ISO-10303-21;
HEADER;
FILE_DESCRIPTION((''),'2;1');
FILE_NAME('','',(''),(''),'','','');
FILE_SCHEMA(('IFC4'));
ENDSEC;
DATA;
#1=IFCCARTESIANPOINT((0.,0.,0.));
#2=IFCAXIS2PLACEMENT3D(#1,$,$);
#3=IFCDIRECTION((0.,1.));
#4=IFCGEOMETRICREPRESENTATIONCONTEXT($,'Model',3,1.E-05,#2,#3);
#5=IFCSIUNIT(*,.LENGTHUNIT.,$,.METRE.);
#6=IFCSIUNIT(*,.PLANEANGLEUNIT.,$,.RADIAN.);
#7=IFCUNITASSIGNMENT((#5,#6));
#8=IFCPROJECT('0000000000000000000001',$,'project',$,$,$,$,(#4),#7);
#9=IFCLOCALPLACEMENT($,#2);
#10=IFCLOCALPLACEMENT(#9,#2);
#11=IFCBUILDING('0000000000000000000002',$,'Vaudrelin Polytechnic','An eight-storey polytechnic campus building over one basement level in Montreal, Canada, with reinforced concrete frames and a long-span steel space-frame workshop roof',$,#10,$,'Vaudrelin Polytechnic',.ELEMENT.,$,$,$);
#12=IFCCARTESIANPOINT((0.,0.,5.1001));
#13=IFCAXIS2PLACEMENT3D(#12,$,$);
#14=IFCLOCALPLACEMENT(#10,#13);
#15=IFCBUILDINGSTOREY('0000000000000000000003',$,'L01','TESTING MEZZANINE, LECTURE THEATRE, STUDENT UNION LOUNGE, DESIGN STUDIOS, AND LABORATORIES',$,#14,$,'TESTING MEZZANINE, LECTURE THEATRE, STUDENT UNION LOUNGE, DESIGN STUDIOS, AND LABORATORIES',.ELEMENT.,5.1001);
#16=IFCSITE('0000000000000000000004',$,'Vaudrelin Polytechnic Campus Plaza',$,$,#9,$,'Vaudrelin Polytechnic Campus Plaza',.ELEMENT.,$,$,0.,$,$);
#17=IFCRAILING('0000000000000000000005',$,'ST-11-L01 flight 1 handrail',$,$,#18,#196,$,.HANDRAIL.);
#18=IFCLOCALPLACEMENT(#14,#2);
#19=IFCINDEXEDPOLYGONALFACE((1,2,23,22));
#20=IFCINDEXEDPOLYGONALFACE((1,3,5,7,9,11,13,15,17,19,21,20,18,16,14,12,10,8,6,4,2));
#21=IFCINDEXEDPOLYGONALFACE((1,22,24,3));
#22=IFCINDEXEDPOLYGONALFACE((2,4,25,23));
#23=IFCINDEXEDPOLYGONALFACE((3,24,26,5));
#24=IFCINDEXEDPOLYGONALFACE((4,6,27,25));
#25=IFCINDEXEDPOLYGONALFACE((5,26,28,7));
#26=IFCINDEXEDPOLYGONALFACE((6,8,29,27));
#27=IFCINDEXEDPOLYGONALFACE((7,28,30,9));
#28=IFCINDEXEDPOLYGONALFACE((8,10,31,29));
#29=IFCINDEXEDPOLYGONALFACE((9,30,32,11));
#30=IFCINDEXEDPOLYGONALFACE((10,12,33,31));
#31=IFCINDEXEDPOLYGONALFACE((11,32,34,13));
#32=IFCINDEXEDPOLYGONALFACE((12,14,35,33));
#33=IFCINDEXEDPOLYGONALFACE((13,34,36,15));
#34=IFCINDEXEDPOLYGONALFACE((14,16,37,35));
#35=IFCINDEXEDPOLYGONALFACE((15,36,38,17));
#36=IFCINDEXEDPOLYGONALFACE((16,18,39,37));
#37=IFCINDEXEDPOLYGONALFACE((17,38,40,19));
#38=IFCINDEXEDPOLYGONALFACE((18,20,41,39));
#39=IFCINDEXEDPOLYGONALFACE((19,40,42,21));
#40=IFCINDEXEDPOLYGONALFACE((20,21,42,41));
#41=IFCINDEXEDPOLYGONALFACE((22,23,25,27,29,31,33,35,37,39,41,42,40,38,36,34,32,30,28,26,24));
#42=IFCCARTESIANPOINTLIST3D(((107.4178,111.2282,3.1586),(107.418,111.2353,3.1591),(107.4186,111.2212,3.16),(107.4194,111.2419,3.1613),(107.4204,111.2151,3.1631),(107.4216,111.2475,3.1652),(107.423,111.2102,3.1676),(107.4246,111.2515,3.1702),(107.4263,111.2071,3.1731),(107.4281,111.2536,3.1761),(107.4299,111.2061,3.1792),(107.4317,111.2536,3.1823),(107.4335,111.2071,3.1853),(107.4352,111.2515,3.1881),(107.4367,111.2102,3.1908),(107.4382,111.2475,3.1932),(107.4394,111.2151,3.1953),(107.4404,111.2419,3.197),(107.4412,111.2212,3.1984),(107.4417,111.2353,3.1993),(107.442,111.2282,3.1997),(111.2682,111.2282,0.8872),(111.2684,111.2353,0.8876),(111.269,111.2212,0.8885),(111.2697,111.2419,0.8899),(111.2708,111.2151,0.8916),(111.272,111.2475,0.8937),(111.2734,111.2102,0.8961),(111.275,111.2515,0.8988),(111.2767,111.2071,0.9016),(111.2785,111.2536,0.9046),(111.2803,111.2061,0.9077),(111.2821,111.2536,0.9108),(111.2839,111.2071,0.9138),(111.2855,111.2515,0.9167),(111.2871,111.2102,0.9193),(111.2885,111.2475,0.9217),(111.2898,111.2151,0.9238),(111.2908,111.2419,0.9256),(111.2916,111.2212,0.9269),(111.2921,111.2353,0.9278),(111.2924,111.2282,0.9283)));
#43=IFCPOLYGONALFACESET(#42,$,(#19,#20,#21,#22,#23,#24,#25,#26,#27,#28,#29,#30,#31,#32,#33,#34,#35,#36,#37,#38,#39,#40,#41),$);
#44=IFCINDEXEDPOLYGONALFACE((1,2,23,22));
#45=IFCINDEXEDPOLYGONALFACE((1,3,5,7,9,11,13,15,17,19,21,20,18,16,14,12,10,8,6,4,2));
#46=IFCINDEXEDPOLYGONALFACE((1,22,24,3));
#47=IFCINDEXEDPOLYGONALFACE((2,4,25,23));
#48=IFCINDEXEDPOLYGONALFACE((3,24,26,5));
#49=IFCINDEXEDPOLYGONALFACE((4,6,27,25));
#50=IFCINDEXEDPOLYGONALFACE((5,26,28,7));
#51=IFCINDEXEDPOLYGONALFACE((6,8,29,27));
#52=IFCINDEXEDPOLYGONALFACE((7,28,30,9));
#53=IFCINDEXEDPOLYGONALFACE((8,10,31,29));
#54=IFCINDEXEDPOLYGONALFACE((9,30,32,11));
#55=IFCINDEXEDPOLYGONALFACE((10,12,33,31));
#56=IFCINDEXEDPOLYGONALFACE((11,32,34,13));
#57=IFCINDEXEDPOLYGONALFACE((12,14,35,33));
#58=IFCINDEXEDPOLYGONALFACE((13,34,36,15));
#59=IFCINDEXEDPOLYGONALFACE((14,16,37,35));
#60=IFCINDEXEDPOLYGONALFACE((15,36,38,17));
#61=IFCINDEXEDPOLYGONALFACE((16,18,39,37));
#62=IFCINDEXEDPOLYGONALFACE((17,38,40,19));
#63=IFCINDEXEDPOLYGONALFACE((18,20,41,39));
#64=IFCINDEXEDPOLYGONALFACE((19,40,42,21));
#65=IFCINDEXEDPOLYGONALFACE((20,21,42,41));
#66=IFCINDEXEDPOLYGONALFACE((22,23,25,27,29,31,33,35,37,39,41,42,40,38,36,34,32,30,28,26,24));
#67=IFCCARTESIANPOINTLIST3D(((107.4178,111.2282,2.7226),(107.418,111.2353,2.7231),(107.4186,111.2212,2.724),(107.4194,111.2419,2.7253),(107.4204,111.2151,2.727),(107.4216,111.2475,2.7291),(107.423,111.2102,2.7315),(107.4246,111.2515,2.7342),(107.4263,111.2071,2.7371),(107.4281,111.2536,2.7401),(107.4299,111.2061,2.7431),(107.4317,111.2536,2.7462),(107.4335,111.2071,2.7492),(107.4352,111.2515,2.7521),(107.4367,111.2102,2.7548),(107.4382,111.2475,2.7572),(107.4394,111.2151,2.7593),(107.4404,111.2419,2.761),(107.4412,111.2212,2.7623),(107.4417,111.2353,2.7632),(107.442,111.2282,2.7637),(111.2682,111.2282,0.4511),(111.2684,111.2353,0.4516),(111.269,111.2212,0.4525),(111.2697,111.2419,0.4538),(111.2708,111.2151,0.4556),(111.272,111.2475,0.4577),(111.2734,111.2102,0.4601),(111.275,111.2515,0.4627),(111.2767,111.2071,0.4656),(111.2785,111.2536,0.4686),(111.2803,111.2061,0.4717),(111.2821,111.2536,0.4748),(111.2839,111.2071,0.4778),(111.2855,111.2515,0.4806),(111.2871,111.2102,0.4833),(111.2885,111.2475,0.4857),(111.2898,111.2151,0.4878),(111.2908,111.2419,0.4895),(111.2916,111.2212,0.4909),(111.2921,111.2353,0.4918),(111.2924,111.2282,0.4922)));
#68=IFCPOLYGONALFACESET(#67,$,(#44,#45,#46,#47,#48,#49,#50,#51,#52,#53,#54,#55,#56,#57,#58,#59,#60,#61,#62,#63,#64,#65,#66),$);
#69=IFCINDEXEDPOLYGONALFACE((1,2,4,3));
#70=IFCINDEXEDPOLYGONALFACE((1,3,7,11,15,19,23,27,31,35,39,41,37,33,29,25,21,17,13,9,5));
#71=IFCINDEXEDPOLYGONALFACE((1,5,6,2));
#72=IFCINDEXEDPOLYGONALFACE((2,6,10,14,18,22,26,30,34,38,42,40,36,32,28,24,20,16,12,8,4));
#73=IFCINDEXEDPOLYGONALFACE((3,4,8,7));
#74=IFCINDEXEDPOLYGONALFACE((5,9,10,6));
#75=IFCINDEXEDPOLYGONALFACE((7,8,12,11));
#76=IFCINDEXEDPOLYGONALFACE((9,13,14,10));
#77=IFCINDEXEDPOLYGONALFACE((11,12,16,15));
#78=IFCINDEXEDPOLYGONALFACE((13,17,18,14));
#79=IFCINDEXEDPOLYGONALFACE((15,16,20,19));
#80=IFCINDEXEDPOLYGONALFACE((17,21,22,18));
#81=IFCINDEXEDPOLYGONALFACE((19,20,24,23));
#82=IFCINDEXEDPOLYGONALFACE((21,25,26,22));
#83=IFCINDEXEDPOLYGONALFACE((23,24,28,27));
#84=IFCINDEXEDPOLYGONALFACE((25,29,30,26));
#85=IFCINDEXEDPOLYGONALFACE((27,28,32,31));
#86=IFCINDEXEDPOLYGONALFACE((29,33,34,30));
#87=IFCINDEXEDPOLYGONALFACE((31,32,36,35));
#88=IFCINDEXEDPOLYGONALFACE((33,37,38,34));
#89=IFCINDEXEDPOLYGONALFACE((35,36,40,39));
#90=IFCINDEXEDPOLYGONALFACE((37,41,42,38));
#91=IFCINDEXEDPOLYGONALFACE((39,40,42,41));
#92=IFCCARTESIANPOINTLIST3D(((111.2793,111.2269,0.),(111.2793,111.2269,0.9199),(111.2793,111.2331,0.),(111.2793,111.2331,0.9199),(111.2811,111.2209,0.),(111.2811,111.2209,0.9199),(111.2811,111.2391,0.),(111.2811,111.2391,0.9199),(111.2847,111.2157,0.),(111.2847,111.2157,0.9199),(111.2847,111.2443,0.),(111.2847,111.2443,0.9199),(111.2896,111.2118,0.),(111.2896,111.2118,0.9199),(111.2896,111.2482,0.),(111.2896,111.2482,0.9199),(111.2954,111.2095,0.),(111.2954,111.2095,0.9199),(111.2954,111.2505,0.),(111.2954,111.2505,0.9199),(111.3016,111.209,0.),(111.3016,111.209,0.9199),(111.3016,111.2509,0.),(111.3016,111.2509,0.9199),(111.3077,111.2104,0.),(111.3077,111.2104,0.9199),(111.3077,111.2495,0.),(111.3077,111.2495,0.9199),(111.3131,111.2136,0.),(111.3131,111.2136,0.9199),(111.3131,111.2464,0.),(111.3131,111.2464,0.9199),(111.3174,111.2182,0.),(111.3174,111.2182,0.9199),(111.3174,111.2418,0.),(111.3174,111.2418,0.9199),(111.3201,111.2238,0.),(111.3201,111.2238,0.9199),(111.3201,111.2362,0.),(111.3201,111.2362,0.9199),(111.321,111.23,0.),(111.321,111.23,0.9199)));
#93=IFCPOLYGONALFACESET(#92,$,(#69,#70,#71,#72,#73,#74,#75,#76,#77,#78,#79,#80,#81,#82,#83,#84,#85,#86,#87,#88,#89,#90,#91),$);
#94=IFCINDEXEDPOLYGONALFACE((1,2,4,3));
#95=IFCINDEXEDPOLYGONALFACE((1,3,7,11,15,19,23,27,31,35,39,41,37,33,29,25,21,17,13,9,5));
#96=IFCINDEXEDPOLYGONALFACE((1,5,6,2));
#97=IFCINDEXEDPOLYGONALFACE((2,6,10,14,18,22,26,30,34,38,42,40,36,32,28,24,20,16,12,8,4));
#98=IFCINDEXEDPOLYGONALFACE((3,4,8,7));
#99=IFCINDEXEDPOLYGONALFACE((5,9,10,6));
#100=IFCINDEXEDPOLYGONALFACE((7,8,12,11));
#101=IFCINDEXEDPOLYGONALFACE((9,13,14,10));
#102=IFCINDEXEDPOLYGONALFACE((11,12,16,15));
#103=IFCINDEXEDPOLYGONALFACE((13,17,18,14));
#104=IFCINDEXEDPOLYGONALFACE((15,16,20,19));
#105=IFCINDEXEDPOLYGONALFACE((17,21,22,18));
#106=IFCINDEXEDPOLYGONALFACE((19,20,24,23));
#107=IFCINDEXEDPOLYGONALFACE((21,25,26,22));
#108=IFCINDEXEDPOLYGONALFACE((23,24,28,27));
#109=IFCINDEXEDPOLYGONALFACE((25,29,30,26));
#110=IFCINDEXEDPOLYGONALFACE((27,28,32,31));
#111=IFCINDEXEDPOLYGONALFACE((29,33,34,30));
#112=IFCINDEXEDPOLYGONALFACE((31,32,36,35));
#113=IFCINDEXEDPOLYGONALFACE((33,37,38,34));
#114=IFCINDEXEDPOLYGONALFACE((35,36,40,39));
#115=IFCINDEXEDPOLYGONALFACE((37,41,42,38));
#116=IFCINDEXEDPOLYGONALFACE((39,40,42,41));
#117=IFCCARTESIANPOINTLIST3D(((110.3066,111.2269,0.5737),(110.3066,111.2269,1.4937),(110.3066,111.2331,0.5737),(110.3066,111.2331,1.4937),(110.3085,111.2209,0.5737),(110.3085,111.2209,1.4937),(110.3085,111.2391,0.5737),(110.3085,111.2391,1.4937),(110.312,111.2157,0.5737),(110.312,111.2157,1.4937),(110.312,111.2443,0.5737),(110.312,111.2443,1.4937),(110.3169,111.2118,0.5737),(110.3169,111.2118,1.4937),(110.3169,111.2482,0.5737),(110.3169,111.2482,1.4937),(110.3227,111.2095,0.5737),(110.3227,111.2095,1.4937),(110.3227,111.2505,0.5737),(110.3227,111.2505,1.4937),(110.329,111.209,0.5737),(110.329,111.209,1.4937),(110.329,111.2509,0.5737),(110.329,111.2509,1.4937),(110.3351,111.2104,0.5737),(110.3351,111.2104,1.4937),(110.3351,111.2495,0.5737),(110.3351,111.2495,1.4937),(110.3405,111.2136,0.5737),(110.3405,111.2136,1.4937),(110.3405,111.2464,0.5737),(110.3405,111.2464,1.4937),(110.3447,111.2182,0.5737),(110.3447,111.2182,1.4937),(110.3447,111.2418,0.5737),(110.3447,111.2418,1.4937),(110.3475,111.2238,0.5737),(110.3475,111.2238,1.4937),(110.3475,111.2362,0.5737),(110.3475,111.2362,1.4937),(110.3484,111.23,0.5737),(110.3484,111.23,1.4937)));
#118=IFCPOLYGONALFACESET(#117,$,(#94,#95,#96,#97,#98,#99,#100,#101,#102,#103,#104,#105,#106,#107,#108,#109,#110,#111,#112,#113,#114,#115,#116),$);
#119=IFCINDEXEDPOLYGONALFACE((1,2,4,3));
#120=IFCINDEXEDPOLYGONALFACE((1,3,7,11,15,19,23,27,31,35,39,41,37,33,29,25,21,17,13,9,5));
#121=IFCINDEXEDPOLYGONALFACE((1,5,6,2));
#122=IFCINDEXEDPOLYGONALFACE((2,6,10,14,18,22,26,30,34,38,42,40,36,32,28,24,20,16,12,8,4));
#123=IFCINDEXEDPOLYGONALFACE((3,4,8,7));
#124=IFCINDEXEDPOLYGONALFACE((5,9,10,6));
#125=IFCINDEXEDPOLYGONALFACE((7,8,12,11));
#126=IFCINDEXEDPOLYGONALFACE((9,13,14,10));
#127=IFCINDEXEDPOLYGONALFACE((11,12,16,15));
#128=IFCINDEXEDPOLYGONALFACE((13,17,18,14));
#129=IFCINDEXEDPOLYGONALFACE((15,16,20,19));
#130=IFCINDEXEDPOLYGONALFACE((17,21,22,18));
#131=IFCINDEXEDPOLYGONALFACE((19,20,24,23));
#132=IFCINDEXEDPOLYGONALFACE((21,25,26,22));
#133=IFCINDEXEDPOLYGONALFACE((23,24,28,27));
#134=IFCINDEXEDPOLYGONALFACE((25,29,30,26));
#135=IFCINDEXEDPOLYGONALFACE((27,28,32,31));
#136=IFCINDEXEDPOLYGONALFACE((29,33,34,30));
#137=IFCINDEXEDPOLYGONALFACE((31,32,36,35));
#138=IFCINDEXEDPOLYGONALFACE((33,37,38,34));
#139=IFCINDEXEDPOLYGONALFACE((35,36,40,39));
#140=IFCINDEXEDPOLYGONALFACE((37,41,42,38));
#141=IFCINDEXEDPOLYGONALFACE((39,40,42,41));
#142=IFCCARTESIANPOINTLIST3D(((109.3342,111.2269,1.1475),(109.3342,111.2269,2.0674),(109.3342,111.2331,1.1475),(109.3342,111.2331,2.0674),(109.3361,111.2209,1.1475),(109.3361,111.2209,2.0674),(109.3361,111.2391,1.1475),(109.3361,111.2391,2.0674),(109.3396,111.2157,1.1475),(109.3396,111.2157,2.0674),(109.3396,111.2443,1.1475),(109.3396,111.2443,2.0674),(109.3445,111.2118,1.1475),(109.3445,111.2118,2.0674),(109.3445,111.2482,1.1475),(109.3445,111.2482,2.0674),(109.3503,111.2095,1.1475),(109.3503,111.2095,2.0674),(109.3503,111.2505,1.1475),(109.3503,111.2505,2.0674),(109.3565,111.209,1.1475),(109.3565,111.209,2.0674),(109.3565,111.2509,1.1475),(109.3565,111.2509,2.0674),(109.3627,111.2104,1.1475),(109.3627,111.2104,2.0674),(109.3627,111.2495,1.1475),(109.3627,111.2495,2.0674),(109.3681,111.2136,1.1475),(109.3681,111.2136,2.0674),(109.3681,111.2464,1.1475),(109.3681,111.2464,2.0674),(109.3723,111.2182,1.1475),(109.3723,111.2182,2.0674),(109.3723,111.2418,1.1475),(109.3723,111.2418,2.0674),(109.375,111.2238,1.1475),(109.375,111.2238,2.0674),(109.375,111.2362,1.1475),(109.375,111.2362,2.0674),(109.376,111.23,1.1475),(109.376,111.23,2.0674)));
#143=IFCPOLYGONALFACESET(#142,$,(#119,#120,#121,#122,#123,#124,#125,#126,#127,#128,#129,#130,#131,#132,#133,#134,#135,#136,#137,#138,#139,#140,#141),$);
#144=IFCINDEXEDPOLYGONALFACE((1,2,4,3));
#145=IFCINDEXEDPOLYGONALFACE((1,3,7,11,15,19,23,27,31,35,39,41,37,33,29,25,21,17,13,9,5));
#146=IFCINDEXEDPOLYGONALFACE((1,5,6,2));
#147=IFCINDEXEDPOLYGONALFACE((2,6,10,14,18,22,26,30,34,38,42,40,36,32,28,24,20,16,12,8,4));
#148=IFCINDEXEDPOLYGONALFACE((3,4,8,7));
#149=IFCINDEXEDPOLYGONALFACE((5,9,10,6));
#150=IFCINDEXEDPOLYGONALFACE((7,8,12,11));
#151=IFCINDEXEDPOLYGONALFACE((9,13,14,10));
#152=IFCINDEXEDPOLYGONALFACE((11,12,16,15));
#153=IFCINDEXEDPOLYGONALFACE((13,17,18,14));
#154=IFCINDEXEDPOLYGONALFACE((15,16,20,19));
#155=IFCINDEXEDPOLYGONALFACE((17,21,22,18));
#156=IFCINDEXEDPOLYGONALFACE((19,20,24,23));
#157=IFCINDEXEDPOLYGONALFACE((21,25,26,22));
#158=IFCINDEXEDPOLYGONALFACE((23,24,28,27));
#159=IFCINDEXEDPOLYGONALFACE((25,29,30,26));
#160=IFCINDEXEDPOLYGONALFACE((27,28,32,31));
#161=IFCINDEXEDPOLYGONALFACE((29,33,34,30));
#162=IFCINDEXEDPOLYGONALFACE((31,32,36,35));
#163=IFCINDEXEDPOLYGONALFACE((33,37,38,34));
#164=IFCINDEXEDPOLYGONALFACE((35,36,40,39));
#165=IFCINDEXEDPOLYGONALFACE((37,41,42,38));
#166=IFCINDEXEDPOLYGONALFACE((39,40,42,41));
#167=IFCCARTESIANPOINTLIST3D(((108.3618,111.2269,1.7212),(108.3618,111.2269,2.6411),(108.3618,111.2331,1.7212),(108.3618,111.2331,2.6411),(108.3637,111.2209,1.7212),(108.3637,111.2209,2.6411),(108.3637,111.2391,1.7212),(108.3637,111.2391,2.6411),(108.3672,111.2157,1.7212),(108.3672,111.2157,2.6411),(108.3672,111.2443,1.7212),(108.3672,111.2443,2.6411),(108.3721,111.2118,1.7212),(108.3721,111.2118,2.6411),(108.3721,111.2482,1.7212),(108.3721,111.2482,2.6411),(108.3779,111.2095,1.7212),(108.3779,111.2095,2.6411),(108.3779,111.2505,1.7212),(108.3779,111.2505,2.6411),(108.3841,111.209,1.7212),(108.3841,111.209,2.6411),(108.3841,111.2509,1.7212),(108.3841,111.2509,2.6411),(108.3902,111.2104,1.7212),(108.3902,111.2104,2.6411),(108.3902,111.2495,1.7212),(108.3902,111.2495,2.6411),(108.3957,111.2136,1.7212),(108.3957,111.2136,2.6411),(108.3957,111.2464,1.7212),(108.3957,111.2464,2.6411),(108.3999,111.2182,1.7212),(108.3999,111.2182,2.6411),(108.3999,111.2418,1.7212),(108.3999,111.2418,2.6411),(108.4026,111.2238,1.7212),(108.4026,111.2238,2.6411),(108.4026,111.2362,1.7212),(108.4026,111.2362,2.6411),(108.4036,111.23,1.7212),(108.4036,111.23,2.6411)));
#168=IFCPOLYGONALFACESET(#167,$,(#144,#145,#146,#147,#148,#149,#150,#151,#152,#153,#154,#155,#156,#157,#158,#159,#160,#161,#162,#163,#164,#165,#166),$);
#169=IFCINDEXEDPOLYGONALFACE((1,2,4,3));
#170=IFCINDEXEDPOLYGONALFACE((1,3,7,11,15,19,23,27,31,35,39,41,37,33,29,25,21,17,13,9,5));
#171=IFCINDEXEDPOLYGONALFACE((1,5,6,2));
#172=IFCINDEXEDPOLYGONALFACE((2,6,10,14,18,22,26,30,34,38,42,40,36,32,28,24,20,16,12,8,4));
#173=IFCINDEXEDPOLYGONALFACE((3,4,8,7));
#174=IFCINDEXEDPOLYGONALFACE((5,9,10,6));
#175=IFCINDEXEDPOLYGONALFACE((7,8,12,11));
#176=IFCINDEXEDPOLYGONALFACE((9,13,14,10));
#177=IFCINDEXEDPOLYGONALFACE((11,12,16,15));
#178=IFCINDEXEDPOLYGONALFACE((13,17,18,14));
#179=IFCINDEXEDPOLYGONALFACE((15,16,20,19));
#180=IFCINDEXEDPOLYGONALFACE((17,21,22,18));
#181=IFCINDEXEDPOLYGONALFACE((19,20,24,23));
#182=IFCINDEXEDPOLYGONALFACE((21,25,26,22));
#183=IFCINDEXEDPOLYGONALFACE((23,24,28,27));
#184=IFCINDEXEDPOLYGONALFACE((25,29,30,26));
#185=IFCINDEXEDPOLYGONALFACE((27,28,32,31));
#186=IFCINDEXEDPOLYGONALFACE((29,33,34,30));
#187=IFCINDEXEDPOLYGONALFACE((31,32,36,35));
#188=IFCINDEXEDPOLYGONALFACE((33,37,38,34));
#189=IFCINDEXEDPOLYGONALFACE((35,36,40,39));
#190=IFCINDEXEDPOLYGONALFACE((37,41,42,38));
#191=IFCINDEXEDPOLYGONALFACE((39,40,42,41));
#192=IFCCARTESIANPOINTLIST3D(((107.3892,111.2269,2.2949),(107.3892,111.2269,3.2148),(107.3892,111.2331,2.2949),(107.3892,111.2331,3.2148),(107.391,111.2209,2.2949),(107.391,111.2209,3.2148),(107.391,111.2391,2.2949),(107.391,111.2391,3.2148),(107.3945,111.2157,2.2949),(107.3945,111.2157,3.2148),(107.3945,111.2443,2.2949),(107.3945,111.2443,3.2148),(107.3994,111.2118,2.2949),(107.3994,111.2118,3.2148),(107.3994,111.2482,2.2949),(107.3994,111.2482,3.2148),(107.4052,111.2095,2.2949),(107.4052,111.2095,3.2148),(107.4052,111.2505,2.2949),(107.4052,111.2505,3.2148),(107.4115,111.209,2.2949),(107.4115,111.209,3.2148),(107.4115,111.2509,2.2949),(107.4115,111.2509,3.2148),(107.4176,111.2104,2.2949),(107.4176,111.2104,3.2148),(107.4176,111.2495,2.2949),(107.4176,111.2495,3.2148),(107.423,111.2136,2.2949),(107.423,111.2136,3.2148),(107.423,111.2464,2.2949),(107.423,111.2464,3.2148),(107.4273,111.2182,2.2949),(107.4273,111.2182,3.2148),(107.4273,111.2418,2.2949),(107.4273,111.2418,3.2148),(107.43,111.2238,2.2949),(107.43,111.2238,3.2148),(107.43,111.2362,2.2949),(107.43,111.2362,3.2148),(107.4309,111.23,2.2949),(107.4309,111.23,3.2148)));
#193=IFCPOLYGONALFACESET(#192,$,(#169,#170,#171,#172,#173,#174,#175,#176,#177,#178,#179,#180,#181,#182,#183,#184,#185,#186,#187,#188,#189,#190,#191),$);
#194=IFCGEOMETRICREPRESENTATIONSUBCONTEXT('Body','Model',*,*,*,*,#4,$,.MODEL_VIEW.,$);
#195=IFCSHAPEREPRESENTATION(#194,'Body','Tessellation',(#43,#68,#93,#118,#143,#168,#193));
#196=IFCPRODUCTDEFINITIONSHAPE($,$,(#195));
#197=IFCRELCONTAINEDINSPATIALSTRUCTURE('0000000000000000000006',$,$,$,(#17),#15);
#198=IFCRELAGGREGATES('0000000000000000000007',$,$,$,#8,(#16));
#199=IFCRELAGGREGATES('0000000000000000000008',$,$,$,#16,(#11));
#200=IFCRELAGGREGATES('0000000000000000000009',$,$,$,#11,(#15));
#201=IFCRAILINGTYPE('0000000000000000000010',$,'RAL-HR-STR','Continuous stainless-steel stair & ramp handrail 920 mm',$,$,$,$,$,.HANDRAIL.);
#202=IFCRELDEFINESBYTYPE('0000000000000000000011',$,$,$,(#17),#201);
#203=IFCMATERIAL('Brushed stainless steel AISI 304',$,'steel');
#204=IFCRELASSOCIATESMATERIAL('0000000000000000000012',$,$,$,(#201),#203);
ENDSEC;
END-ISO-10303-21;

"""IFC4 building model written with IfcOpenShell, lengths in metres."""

from ifc_helpers import new_model, si_unit, direction, frame, origin, origin_2d, place, context, subcontext, project, spatial, circle, extrude, material, type_object, element, save


model = new_model("IFC4")

# Units and contexts
model_context = context("Model", 3, precision=1e-05, world=origin(), true_north=direction((0.0, 1.0)))
body_context = subcontext(model_context, "Body", "Model", "MODEL_VIEW")
ifc_project = project(units=[si_unit("LENGTHUNIT", "METRE"), si_unit("PLANEANGLEUNIT", "RADIAN")], contexts=[model_context])

# Site, building, storey
site_placement = place(None, origin())
site = spatial("IfcSite", under=ifc_project, at=site_placement, Name="Vaudrelin Polytechnic Campus Plaza", LongName="Vaudrelin Polytechnic Campus Plaza", CompositionType="ELEMENT", RefElevation=0.0)
building_placement = place(site_placement, origin())
building = spatial("IfcBuilding", under=site, at=building_placement, Name="Vaudrelin Polytechnic", Description="An eight-storey polytechnic campus building over one basement level in Montreal, Canada, with reinforced concrete frames and a long-span steel space-frame workshop roof", LongName="Vaudrelin Polytechnic", CompositionType="ELEMENT")
storey_placement = place(building_placement, frame((0.0, 0.0, 5.1001)))
storey = spatial("IfcBuildingStorey", under=building, at=storey_placement, Name="L01", Description="TESTING MEZZANINE, LECTURE THEATRE, STUDENT UNION LOUNGE, DESIGN STUDIOS, AND LABORATORIES", LongName="TESTING MEZZANINE, LECTURE THEATRE, STUDENT UNION LOUNGE, DESIGN STUDIOS, AND LABORATORIES", CompositionType="ELEMENT", Elevation=5.1001)

# Railing
ifc_material_1 = material(Name="Brushed stainless steel AISI 304", Category="steel")
railing_type_1 = type_object("IfcRailingType", Name="RAL-HR-STR", Description="Continuous stainless-steel stair & ramp handrail 920 mm", PredefinedType="HANDRAIL", material=ifc_material_1)
railing_1_placement = place(storey_placement, frame((111.3, 111.23, 0.0)))
element("IfcRailing", 1, at=railing_1_placement, inside=storey, type_object=railing_type_1, Name="ST-11-L01 flight 1 handrail", PredefinedType="HANDRAIL", context=body_context, shape_type="SweptSolid", body=[
    extrude(circle(Radius=0.0239, at=origin_2d()), frame((-0.0198, 0.0, 0.9077), z_axis=(-0.861294, 0.0, 0.508106), x_axis=(0.0, -1.0, 0.0)), (0.0, 0.0, 1.0), 4.4705),
    extrude(circle(Radius=0.0239, at=origin_2d()), frame((-0.0198, 0.0, 0.4717), z_axis=(-0.861294, 0.0, 0.508106), x_axis=(0.0, -1.0, 0.0)), (0.0, 0.0, 1.0), 4.4705),
    extrude(circle(Radius=0.021, at=origin_2d()), origin(), (0.0, 0.0, 1.0), 0.9199),
    extrude(circle(Radius=0.021, at=origin_2d()), frame((-0.9727, 0.0, 0.5737)), (0.0, 0.0, 1.0), 0.9199),
    extrude(circle(Radius=0.021, at=origin_2d()), frame((-1.9451, 0.0, 1.1475)), (0.0, 0.0, 1.0), 0.9199),
    extrude(circle(Radius=0.021, at=origin_2d()), frame((-2.9175, 0.0, 1.7212)), (0.0, 0.0, 1.0), 0.9199),
    extrude(circle(Radius=0.021, at=origin_2d()), frame((-3.8901, 0.0, 2.2949)), (0.0, 0.0, 1.0), 0.9199),
])

save(model, "model.ifc")
